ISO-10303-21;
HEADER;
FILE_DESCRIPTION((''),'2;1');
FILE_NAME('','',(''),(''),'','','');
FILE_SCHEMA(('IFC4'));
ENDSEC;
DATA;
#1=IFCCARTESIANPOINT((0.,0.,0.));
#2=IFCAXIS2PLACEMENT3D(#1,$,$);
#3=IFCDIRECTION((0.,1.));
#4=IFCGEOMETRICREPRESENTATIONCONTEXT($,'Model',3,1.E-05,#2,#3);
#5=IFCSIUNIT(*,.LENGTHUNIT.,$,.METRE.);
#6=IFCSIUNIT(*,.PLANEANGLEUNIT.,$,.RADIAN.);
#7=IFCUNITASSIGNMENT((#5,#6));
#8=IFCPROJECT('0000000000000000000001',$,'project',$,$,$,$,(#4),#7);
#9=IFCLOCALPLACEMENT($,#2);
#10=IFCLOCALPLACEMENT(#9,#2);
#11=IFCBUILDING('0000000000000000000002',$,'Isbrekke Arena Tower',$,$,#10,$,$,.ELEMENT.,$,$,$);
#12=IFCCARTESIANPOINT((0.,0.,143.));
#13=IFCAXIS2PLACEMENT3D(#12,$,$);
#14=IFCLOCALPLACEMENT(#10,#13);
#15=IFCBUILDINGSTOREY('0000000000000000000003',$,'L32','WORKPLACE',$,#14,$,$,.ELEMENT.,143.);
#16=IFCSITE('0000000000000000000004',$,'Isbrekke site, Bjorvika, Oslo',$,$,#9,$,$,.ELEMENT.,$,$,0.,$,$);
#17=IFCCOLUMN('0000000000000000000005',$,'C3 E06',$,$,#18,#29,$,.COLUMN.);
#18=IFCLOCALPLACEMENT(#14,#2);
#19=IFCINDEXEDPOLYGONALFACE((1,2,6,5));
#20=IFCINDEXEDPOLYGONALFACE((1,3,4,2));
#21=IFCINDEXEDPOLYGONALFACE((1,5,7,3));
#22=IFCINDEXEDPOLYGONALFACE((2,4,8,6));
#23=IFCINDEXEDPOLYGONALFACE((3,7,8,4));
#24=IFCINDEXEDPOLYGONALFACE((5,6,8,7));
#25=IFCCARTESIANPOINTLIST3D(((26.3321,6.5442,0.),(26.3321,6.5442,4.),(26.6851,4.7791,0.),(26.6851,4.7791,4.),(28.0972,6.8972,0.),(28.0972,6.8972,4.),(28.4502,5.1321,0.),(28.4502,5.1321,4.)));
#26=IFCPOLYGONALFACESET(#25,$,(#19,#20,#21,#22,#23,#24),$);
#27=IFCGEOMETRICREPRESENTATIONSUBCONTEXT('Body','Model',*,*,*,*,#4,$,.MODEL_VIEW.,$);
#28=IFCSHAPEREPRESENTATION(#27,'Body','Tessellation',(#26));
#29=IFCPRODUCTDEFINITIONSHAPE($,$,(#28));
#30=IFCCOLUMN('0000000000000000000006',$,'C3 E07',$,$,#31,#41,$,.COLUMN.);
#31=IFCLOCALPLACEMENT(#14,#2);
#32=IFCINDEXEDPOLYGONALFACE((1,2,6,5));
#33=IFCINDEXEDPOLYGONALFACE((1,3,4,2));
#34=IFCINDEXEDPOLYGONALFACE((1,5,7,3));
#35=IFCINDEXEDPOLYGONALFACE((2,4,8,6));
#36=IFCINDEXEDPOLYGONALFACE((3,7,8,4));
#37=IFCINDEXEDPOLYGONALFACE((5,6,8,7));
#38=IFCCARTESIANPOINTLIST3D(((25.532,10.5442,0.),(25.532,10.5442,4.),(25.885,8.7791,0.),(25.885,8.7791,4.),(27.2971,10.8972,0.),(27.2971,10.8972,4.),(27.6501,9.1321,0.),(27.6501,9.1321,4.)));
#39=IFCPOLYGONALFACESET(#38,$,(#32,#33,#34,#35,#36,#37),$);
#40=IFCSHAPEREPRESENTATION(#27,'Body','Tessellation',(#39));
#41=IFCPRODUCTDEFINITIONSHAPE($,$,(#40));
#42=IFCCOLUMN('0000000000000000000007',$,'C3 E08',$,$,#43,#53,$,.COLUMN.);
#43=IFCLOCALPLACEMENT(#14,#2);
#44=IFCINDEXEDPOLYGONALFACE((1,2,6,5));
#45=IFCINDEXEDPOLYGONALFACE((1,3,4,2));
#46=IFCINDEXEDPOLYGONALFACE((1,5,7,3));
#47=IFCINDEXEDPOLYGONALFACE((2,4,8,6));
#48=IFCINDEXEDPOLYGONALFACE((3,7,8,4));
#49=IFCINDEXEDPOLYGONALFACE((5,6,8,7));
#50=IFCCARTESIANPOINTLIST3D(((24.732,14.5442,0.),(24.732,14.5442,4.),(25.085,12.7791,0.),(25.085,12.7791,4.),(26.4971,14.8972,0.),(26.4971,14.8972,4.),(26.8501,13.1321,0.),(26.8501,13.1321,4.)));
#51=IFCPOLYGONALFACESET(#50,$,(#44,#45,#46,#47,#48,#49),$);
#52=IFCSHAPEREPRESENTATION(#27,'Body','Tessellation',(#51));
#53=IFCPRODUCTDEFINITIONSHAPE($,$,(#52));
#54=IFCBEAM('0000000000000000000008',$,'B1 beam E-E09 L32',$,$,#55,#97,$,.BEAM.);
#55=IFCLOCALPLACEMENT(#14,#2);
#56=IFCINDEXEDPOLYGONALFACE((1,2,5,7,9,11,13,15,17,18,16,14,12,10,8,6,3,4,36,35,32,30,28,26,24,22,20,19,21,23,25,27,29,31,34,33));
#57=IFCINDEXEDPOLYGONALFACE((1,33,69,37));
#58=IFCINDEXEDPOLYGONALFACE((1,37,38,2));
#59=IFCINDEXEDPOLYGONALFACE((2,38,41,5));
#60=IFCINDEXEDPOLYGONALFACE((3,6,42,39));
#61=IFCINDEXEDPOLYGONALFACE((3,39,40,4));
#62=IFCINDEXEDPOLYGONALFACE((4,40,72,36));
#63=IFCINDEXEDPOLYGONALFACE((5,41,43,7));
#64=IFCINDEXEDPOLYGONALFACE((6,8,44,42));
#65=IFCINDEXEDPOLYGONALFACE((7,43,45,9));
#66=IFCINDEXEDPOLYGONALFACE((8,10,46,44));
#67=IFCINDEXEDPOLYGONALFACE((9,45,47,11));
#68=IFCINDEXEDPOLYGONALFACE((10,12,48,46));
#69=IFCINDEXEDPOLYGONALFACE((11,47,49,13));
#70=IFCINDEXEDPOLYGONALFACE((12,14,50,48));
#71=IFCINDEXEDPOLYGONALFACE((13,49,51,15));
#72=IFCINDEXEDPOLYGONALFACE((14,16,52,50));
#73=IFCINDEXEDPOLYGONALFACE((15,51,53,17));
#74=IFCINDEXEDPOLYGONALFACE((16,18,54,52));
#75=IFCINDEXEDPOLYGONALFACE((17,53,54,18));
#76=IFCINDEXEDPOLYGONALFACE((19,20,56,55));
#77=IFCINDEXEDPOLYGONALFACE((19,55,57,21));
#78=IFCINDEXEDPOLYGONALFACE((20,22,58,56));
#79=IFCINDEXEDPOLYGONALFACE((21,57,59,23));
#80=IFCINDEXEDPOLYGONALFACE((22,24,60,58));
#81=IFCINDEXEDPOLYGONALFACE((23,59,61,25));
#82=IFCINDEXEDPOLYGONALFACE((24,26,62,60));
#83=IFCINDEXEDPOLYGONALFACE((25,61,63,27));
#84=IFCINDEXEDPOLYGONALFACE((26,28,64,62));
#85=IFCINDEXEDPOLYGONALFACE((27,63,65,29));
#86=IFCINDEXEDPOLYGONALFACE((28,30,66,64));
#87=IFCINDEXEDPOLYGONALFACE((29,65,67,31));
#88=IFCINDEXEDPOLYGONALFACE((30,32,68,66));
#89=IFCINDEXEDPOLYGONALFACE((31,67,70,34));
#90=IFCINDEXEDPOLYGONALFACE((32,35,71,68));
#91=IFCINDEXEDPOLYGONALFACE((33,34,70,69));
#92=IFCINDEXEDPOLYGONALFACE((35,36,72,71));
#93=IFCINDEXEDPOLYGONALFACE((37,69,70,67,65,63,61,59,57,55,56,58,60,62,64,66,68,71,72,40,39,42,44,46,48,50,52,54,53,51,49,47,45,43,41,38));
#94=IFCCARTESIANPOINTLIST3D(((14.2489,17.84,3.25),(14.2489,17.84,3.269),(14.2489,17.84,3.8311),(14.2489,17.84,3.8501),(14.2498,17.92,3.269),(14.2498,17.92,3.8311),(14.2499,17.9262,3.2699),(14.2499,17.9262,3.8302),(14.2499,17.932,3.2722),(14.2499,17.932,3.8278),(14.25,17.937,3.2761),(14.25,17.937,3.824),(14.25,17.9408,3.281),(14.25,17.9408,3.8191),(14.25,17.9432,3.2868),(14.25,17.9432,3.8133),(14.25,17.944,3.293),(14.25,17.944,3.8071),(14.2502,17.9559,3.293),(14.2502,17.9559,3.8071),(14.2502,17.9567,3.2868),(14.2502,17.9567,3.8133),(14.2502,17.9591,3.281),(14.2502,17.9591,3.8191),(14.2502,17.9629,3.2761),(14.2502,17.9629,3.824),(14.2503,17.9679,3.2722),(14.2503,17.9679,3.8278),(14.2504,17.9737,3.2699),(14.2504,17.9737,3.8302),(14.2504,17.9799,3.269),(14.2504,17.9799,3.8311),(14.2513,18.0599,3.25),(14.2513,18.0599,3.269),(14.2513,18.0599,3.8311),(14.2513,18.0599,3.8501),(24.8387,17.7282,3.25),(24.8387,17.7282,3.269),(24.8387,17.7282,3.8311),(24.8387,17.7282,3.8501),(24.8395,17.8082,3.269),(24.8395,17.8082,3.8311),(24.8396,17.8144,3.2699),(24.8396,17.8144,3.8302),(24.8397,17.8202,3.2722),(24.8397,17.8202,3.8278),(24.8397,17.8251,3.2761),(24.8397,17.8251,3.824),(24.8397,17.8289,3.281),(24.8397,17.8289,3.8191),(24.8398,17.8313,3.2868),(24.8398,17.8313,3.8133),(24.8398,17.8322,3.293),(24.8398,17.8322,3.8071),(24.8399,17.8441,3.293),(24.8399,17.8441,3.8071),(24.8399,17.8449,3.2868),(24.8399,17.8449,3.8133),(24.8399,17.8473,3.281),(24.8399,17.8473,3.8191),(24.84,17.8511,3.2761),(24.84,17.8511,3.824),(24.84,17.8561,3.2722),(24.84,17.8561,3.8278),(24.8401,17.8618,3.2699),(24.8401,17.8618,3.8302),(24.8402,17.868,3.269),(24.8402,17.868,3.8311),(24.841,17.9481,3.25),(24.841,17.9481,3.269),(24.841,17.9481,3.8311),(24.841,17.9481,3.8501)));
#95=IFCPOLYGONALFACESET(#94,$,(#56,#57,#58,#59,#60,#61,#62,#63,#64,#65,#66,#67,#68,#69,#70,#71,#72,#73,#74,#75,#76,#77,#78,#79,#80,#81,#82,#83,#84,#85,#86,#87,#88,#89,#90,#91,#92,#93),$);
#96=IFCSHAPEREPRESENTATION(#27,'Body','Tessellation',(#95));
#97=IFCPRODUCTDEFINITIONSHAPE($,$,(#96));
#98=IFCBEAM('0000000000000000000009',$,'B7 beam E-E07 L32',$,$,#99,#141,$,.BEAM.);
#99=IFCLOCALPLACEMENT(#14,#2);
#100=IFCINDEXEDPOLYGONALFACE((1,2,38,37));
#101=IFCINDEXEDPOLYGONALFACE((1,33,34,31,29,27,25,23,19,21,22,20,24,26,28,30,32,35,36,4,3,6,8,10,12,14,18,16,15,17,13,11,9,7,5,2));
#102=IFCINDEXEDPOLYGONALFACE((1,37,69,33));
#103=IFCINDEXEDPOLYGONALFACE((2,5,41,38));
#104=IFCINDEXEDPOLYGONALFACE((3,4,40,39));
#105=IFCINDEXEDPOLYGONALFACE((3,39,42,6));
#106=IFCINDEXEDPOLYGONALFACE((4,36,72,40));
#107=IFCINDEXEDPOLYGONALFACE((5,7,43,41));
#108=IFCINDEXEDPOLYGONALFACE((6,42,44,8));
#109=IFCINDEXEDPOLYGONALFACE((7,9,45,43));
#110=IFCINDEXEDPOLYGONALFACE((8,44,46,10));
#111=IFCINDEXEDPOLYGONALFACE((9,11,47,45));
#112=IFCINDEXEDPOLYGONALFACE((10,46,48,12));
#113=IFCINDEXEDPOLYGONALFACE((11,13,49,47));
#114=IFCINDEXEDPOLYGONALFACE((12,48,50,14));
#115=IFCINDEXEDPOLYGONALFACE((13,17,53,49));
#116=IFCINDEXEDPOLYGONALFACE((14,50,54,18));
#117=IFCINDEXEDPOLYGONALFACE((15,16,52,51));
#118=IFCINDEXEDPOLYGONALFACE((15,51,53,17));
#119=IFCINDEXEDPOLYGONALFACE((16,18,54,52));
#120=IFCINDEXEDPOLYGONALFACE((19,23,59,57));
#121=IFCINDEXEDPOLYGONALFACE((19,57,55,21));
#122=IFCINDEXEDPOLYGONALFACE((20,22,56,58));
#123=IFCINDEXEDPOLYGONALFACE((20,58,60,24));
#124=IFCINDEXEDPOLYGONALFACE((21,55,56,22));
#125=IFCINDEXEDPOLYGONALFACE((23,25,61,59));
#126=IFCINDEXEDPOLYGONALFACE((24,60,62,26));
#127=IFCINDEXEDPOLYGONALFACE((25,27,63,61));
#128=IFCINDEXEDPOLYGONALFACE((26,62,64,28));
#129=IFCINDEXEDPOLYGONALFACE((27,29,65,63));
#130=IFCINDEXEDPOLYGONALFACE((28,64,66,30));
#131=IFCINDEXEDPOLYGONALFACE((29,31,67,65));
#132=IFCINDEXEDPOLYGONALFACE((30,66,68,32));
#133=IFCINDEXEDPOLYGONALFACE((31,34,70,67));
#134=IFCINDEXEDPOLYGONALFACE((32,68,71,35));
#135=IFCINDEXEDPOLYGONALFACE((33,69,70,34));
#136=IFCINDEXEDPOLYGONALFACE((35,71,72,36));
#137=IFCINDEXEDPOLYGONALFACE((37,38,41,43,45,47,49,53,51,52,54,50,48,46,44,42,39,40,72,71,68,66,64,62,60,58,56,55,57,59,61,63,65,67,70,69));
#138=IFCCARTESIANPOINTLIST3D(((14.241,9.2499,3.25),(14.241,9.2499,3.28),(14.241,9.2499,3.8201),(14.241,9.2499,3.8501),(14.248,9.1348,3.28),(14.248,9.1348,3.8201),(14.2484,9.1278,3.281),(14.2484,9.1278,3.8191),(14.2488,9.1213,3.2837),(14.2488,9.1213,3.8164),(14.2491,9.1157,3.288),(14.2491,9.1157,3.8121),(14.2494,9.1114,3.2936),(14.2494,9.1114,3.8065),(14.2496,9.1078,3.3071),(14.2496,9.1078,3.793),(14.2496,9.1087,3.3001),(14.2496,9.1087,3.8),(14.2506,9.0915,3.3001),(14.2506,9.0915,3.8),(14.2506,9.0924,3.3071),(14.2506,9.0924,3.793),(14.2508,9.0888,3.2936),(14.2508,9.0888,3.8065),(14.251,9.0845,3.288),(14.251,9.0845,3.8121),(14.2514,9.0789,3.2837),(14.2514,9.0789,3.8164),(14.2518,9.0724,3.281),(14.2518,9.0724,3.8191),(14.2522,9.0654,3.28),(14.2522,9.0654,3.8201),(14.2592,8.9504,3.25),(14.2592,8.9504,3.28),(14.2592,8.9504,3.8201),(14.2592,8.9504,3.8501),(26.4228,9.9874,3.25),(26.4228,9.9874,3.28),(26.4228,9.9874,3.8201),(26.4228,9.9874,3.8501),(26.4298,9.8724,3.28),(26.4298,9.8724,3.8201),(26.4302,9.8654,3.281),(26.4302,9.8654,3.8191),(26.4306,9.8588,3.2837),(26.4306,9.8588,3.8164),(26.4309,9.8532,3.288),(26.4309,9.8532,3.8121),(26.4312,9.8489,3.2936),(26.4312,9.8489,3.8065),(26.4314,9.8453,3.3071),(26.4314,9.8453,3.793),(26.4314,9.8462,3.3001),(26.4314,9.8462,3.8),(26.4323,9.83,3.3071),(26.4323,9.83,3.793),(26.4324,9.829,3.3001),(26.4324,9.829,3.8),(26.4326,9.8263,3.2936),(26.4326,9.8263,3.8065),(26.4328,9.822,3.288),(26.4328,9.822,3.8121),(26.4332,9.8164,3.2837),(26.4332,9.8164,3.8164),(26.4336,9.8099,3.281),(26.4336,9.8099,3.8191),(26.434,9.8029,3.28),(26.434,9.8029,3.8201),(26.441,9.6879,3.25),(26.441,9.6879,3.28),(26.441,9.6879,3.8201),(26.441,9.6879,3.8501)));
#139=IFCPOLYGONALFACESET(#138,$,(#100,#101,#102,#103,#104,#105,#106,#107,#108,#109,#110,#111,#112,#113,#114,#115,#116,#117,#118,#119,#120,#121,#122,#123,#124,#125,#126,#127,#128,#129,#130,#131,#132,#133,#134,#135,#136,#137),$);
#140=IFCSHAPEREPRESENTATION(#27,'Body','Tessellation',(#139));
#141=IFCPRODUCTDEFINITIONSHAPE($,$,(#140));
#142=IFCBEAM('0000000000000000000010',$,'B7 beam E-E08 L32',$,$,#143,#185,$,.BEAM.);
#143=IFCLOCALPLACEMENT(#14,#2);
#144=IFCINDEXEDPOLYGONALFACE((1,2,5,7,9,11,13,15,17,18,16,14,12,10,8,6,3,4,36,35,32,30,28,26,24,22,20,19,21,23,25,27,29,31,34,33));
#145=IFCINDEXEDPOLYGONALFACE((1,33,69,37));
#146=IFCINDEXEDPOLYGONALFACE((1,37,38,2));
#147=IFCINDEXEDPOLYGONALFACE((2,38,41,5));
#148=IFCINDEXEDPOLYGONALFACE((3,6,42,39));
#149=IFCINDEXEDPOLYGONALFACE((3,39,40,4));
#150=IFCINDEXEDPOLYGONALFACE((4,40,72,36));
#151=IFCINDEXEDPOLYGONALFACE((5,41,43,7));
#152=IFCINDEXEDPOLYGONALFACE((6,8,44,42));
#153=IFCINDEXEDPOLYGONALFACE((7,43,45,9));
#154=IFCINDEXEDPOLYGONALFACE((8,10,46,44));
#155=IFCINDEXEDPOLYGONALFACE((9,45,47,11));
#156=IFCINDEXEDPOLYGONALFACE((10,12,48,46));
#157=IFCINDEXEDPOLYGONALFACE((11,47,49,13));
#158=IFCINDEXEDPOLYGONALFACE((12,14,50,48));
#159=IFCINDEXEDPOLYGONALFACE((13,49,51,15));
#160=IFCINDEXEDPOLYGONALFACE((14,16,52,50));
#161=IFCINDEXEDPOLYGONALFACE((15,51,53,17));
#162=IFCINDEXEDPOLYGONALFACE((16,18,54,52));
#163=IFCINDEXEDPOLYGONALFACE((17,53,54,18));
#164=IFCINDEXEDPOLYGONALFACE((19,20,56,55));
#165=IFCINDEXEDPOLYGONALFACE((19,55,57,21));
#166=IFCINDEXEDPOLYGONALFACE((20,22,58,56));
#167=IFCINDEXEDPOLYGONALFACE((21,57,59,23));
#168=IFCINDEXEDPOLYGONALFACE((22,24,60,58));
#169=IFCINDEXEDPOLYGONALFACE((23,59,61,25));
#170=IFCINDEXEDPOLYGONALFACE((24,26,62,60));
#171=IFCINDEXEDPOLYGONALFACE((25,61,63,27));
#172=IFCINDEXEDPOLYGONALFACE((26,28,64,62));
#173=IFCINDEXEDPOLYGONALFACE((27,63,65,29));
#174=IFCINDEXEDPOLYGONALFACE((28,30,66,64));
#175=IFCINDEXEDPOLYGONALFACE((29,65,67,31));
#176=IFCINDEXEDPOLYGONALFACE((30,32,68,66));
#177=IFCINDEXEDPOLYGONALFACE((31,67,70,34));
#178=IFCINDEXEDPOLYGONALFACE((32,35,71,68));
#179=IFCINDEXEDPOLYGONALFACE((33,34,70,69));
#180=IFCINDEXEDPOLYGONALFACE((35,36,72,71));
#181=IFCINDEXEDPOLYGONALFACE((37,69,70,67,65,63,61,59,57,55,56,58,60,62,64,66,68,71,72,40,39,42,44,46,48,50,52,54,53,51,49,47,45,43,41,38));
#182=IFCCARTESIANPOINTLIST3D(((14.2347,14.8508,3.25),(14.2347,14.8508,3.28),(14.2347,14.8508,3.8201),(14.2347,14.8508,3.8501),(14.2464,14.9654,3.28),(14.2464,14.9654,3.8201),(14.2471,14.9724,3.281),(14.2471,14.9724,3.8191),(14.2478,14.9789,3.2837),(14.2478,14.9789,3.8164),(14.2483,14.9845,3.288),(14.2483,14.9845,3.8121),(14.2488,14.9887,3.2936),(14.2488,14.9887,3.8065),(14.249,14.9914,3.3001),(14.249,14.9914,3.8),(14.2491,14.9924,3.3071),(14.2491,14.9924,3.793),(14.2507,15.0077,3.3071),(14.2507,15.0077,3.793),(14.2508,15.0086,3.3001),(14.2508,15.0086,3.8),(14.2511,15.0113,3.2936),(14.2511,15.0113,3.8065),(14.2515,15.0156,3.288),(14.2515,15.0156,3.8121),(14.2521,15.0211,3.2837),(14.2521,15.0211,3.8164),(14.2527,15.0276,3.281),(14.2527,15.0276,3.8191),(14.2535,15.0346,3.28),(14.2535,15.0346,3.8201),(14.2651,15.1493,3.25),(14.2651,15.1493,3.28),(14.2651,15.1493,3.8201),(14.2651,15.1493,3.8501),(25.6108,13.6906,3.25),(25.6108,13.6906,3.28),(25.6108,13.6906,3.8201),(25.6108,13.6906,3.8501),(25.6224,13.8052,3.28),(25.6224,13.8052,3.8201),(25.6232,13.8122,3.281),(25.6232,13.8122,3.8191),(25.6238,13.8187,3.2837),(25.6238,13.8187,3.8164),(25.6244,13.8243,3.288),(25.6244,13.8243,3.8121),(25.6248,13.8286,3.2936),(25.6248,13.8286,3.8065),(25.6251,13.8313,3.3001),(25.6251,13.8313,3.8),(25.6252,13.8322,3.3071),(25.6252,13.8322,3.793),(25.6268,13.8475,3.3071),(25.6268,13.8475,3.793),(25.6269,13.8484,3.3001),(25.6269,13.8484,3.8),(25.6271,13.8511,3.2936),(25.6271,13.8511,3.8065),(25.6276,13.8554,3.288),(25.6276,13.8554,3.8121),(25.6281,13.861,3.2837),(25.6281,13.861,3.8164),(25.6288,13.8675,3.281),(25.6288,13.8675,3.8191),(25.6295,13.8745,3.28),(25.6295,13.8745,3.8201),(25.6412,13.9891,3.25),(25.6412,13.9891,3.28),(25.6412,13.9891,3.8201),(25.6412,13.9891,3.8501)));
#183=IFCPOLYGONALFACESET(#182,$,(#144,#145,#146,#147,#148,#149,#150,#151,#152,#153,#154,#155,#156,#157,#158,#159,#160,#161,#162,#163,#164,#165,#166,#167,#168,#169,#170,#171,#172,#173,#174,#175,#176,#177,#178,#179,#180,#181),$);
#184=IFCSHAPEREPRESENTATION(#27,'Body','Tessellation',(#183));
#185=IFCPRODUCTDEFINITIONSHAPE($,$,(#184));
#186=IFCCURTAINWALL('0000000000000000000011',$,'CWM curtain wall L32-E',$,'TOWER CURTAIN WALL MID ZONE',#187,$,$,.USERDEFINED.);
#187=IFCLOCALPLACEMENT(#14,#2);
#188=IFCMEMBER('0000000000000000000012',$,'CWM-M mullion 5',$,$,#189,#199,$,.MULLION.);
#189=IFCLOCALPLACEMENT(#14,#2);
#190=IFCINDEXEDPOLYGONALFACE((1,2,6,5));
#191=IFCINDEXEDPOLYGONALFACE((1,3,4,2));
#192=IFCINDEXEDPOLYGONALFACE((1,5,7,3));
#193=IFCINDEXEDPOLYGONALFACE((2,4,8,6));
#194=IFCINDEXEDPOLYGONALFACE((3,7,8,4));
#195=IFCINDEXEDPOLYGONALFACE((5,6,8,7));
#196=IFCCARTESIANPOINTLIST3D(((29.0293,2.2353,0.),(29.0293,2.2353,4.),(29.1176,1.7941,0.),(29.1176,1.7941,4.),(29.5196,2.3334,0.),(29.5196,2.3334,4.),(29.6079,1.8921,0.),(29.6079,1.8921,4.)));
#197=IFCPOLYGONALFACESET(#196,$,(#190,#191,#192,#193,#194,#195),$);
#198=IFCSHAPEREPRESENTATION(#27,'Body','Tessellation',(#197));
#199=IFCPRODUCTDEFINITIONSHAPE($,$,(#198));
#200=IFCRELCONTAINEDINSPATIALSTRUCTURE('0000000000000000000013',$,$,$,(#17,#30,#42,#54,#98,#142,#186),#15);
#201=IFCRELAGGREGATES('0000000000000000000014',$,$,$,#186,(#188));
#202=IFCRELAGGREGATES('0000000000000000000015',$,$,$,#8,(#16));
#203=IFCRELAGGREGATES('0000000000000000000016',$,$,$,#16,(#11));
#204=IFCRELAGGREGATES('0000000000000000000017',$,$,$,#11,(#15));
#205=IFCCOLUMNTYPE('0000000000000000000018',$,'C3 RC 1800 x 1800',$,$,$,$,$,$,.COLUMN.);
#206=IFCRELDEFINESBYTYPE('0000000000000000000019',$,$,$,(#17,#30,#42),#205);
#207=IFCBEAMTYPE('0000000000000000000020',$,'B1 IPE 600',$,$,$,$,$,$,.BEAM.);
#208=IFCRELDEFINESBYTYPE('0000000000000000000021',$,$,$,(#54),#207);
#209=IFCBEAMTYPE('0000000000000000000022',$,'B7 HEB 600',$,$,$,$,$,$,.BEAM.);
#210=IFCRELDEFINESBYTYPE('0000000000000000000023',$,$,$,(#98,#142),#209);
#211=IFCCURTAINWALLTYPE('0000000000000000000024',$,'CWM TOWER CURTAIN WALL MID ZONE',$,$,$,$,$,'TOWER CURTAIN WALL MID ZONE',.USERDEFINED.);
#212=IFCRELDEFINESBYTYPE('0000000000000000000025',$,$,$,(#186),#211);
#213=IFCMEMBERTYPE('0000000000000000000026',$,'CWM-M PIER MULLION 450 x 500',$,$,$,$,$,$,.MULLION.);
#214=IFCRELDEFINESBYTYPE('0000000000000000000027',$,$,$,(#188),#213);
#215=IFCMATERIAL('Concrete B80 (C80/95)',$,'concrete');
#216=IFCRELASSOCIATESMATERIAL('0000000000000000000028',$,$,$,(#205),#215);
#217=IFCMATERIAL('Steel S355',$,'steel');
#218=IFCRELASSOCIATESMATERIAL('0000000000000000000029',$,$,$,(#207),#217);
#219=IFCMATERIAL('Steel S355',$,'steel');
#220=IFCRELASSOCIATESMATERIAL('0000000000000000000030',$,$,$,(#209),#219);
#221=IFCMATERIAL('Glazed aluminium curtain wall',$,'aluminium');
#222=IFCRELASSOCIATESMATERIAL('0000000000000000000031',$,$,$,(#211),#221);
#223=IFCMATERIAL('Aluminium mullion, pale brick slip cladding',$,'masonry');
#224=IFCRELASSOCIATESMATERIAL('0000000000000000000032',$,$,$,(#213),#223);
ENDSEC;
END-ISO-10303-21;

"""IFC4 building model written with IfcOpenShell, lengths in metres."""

from ifc_helpers import new_model, si_unit, direction, frame, origin, origin_2d, place, context, subcontext, project, spatial, rectangle, i_section, extrude, material, material_profile, profile_set, type_object, element, aggregate, save


model = new_model("IFC4")

# Units and contexts
model_context = context("Model", 3, precision=1e-05, world=origin(), true_north=direction((0.0, 1.0)))
body_context = subcontext(model_context, "Body", "Model", "MODEL_VIEW")
ifc_project = project(units=[si_unit("LENGTHUNIT", "METRE"), si_unit("PLANEANGLEUNIT", "RADIAN")], contexts=[model_context])

# Site, building, storey
site_placement = place(None, origin())
site = spatial("IfcSite", under=ifc_project, at=site_placement, Name="Isbrekke site, Bjorvika, Oslo", CompositionType="ELEMENT", RefElevation=0.0)
building_placement = place(site_placement, origin())
building = spatial("IfcBuilding", under=site, at=building_placement, Name="Isbrekke Arena Tower", CompositionType="ELEMENT")
storey_placement = place(building_placement, frame((0.0, 0.0, 143.0)))
storey = spatial("IfcBuildingStorey", under=building, at=storey_placement, Name="L32", Description="WORKPLACE", CompositionType="ELEMENT", Elevation=143.0)

# Columns
ifc_material_1 = material(Name="Concrete B80 (C80/95)", Category="concrete")
ifc_material_profile_1 = material_profile(ifc_material_1, rectangle(XDim=1.8, YDim=1.8, at=origin_2d()), Name="RC 1800x1800")
ifc_profile_set_1 = profile_set([ifc_material_profile_1], Name="Concrete B80 (C80/95)")
column_type = type_object("IfcColumnType", Name="C3 RC 1800 x 1800", PredefinedType="COLUMN", material=ifc_profile_set_1)
for number, where, z_axis, x_axis, name in (
    (1, (27.3911, 5.8381, 0.0), (0.0, 0.0, 1.0), (-0.196116, 0.980581, 0.0), "C3 E06"),
    (2, (26.5911, 9.8381, 0.0), (0.0, 0.0, 1.0), (-0.196116, 0.980581, 0.0), "C3 E07"),
    (3, (25.791, 13.8381, 0.0), (0.0, 0.0, 1.0), (-0.196116, 0.980581, 0.0), "C3 E08"),
):
    element("IfcColumn", number, at=place(storey_placement, frame(where, z_axis=z_axis, x_axis=x_axis)), inside=storey, type_object=column_type, Name=name, PredefinedType="COLUMN", context=body_context, shape_type="SweptSolid", body=[
        extrude(rectangle(XDim=1.8, YDim=1.8, at=origin_2d()), origin(), (0.0, 0.0, 1.0), 4.0),
    ])

# Beams
ifc_material_2 = material(Name="Steel S355", Category="steel")
ifc_material_profile_2 = material_profile(ifc_material_2, i_section(OverallWidth=0.22, OverallDepth=0.6001, WebThickness=0.012, FlangeThickness=0.019, FilletRadius=0.0239, at=origin_2d()), Name="IPE 600")
ifc_profile_set_2 = profile_set([ifc_material_profile_2], Name="Steel S355")
beam_type_1 = type_object("IfcBeamType", Name="B1 IPE 600", PredefinedType="BEAM", material=ifc_profile_set_2)
beam_1_placement = place(storey_placement, frame((24.8398, 17.8381, 3.55), z_axis=(-0.999944, 0.010558, 0.0), x_axis=(-0.010558, -0.999944, 0.0)))
element("IfcBeam", 4, at=beam_1_placement, inside=storey, type_object=beam_type_1, Name="B1 beam E-E09 L32", PredefinedType="BEAM", context=body_context, shape_type="SweptSolid", body=[
    extrude(i_section(OverallWidth=0.22, OverallDepth=0.6001, WebThickness=0.012, FlangeThickness=0.019, FilletRadius=0.0239, at=origin_2d()), origin(), (0.0, 0.0, 1.0), 10.5903),
])
ifc_material_3 = material(Name="Steel S355", Category="steel")
ifc_material_profile_3 = material_profile(ifc_material_3, i_section(OverallWidth=0.3, OverallDepth=0.6001, WebThickness=0.0154, FlangeThickness=0.03, FilletRadius=0.0271, at=origin_2d()), Name="HEB 600")
ifc_profile_set_3 = profile_set([ifc_material_profile_3], Name="Steel S355")
beam_type_2 = type_object("IfcBeamType", Name="B7 HEB 600", PredefinedType="BEAM", material=ifc_profile_set_3)
beam_2_placement = place(storey_placement, frame((26.4319, 9.8376, 3.55), z_axis=(-0.998172, -0.060434, 0.0), x_axis=(0.060434, -0.998172, 0.0)))
element("IfcBeam", 5, at=beam_2_placement, inside=storey, type_object=beam_type_2, Name="B7 beam E-E07 L32", PredefinedType="BEAM", context=body_context, shape_type="SweptSolid", body=[
    extrude(i_section(OverallWidth=0.3, OverallDepth=0.6001, WebThickness=0.0154, FlangeThickness=0.03, FilletRadius=0.0271, at=origin_2d()), origin(), (0.0, 0.0, 1.0), 12.2041),
])
beam_3_placement = place(storey_placement, frame((25.626, 13.8398, 3.55), z_axis=(-0.99484, 0.101457, 0.0), x_axis=(-0.101457, -0.99484, 0.0)))
element("IfcBeam", 6, at=beam_3_placement, inside=storey, type_object=beam_type_2, Name="B7 beam E-E08 L32", PredefinedType="BEAM", context=body_context, shape_type="SweptSolid", body=[
    extrude(i_section(OverallWidth=0.3, OverallDepth=0.6001, WebThickness=0.0154, FlangeThickness=0.03, FilletRadius=0.0271, at=origin_2d()), origin(), (0.0, 0.0, 1.0), 11.4351),
])

# Curtain wall, member
ifc_material_4 = material(Name="Glazed aluminium curtain wall", Category="aluminium")
curtain_wall_type = type_object("IfcCurtainWallType", Name="CWM TOWER CURTAIN WALL MID ZONE", ElementType="TOWER CURTAIN WALL MID ZONE", PredefinedType="USERDEFINED", material=ifc_material_4)
curtain_wall_placement = place(storey_placement, origin())
curtain_wall = element("IfcCurtainWall", 7, at=curtain_wall_placement, inside=storey, type_object=curtain_wall_type, Name="CWM curtain wall L32-E", ObjectType="TOWER CURTAIN WALL MID ZONE", PredefinedType="USERDEFINED")
ifc_material_5 = material(Name="Aluminium mullion, pale brick slip cladding", Category="masonry")
ifc_material_profile_4 = material_profile(ifc_material_5, rectangle(XDim=0.45, YDim=0.5, at=origin_2d()), Name="PIER 450X500")
ifc_profile_set_4 = profile_set([ifc_material_profile_4], Name="Aluminium mullion, pale brick slip cladding")
member_type_1 = type_object("IfcMemberType", Name="CWM-M PIER MULLION 450 x 500", PredefinedType="MULLION", material=ifc_profile_set_4)
member_1_placement = place(storey_placement, frame((29.3186, 2.0637, 0.0), z_axis=(0.0, 0.0, 1.0), x_axis=(-0.196116, 0.980581, 0.0)))
member_1 = element("IfcMember", 8, at=member_1_placement, type_object=member_type_1, Name="CWM-M mullion 5", PredefinedType="MULLION", context=body_context, shape_type="SweptSolid", body=[
    extrude(rectangle(XDim=0.45, YDim=0.5, at=origin_2d()), origin(), (0.0, 0.0, 1.0), 4.0),
])

aggregate(curtain_wall, [member_1])

save(model, "model.ifc")
